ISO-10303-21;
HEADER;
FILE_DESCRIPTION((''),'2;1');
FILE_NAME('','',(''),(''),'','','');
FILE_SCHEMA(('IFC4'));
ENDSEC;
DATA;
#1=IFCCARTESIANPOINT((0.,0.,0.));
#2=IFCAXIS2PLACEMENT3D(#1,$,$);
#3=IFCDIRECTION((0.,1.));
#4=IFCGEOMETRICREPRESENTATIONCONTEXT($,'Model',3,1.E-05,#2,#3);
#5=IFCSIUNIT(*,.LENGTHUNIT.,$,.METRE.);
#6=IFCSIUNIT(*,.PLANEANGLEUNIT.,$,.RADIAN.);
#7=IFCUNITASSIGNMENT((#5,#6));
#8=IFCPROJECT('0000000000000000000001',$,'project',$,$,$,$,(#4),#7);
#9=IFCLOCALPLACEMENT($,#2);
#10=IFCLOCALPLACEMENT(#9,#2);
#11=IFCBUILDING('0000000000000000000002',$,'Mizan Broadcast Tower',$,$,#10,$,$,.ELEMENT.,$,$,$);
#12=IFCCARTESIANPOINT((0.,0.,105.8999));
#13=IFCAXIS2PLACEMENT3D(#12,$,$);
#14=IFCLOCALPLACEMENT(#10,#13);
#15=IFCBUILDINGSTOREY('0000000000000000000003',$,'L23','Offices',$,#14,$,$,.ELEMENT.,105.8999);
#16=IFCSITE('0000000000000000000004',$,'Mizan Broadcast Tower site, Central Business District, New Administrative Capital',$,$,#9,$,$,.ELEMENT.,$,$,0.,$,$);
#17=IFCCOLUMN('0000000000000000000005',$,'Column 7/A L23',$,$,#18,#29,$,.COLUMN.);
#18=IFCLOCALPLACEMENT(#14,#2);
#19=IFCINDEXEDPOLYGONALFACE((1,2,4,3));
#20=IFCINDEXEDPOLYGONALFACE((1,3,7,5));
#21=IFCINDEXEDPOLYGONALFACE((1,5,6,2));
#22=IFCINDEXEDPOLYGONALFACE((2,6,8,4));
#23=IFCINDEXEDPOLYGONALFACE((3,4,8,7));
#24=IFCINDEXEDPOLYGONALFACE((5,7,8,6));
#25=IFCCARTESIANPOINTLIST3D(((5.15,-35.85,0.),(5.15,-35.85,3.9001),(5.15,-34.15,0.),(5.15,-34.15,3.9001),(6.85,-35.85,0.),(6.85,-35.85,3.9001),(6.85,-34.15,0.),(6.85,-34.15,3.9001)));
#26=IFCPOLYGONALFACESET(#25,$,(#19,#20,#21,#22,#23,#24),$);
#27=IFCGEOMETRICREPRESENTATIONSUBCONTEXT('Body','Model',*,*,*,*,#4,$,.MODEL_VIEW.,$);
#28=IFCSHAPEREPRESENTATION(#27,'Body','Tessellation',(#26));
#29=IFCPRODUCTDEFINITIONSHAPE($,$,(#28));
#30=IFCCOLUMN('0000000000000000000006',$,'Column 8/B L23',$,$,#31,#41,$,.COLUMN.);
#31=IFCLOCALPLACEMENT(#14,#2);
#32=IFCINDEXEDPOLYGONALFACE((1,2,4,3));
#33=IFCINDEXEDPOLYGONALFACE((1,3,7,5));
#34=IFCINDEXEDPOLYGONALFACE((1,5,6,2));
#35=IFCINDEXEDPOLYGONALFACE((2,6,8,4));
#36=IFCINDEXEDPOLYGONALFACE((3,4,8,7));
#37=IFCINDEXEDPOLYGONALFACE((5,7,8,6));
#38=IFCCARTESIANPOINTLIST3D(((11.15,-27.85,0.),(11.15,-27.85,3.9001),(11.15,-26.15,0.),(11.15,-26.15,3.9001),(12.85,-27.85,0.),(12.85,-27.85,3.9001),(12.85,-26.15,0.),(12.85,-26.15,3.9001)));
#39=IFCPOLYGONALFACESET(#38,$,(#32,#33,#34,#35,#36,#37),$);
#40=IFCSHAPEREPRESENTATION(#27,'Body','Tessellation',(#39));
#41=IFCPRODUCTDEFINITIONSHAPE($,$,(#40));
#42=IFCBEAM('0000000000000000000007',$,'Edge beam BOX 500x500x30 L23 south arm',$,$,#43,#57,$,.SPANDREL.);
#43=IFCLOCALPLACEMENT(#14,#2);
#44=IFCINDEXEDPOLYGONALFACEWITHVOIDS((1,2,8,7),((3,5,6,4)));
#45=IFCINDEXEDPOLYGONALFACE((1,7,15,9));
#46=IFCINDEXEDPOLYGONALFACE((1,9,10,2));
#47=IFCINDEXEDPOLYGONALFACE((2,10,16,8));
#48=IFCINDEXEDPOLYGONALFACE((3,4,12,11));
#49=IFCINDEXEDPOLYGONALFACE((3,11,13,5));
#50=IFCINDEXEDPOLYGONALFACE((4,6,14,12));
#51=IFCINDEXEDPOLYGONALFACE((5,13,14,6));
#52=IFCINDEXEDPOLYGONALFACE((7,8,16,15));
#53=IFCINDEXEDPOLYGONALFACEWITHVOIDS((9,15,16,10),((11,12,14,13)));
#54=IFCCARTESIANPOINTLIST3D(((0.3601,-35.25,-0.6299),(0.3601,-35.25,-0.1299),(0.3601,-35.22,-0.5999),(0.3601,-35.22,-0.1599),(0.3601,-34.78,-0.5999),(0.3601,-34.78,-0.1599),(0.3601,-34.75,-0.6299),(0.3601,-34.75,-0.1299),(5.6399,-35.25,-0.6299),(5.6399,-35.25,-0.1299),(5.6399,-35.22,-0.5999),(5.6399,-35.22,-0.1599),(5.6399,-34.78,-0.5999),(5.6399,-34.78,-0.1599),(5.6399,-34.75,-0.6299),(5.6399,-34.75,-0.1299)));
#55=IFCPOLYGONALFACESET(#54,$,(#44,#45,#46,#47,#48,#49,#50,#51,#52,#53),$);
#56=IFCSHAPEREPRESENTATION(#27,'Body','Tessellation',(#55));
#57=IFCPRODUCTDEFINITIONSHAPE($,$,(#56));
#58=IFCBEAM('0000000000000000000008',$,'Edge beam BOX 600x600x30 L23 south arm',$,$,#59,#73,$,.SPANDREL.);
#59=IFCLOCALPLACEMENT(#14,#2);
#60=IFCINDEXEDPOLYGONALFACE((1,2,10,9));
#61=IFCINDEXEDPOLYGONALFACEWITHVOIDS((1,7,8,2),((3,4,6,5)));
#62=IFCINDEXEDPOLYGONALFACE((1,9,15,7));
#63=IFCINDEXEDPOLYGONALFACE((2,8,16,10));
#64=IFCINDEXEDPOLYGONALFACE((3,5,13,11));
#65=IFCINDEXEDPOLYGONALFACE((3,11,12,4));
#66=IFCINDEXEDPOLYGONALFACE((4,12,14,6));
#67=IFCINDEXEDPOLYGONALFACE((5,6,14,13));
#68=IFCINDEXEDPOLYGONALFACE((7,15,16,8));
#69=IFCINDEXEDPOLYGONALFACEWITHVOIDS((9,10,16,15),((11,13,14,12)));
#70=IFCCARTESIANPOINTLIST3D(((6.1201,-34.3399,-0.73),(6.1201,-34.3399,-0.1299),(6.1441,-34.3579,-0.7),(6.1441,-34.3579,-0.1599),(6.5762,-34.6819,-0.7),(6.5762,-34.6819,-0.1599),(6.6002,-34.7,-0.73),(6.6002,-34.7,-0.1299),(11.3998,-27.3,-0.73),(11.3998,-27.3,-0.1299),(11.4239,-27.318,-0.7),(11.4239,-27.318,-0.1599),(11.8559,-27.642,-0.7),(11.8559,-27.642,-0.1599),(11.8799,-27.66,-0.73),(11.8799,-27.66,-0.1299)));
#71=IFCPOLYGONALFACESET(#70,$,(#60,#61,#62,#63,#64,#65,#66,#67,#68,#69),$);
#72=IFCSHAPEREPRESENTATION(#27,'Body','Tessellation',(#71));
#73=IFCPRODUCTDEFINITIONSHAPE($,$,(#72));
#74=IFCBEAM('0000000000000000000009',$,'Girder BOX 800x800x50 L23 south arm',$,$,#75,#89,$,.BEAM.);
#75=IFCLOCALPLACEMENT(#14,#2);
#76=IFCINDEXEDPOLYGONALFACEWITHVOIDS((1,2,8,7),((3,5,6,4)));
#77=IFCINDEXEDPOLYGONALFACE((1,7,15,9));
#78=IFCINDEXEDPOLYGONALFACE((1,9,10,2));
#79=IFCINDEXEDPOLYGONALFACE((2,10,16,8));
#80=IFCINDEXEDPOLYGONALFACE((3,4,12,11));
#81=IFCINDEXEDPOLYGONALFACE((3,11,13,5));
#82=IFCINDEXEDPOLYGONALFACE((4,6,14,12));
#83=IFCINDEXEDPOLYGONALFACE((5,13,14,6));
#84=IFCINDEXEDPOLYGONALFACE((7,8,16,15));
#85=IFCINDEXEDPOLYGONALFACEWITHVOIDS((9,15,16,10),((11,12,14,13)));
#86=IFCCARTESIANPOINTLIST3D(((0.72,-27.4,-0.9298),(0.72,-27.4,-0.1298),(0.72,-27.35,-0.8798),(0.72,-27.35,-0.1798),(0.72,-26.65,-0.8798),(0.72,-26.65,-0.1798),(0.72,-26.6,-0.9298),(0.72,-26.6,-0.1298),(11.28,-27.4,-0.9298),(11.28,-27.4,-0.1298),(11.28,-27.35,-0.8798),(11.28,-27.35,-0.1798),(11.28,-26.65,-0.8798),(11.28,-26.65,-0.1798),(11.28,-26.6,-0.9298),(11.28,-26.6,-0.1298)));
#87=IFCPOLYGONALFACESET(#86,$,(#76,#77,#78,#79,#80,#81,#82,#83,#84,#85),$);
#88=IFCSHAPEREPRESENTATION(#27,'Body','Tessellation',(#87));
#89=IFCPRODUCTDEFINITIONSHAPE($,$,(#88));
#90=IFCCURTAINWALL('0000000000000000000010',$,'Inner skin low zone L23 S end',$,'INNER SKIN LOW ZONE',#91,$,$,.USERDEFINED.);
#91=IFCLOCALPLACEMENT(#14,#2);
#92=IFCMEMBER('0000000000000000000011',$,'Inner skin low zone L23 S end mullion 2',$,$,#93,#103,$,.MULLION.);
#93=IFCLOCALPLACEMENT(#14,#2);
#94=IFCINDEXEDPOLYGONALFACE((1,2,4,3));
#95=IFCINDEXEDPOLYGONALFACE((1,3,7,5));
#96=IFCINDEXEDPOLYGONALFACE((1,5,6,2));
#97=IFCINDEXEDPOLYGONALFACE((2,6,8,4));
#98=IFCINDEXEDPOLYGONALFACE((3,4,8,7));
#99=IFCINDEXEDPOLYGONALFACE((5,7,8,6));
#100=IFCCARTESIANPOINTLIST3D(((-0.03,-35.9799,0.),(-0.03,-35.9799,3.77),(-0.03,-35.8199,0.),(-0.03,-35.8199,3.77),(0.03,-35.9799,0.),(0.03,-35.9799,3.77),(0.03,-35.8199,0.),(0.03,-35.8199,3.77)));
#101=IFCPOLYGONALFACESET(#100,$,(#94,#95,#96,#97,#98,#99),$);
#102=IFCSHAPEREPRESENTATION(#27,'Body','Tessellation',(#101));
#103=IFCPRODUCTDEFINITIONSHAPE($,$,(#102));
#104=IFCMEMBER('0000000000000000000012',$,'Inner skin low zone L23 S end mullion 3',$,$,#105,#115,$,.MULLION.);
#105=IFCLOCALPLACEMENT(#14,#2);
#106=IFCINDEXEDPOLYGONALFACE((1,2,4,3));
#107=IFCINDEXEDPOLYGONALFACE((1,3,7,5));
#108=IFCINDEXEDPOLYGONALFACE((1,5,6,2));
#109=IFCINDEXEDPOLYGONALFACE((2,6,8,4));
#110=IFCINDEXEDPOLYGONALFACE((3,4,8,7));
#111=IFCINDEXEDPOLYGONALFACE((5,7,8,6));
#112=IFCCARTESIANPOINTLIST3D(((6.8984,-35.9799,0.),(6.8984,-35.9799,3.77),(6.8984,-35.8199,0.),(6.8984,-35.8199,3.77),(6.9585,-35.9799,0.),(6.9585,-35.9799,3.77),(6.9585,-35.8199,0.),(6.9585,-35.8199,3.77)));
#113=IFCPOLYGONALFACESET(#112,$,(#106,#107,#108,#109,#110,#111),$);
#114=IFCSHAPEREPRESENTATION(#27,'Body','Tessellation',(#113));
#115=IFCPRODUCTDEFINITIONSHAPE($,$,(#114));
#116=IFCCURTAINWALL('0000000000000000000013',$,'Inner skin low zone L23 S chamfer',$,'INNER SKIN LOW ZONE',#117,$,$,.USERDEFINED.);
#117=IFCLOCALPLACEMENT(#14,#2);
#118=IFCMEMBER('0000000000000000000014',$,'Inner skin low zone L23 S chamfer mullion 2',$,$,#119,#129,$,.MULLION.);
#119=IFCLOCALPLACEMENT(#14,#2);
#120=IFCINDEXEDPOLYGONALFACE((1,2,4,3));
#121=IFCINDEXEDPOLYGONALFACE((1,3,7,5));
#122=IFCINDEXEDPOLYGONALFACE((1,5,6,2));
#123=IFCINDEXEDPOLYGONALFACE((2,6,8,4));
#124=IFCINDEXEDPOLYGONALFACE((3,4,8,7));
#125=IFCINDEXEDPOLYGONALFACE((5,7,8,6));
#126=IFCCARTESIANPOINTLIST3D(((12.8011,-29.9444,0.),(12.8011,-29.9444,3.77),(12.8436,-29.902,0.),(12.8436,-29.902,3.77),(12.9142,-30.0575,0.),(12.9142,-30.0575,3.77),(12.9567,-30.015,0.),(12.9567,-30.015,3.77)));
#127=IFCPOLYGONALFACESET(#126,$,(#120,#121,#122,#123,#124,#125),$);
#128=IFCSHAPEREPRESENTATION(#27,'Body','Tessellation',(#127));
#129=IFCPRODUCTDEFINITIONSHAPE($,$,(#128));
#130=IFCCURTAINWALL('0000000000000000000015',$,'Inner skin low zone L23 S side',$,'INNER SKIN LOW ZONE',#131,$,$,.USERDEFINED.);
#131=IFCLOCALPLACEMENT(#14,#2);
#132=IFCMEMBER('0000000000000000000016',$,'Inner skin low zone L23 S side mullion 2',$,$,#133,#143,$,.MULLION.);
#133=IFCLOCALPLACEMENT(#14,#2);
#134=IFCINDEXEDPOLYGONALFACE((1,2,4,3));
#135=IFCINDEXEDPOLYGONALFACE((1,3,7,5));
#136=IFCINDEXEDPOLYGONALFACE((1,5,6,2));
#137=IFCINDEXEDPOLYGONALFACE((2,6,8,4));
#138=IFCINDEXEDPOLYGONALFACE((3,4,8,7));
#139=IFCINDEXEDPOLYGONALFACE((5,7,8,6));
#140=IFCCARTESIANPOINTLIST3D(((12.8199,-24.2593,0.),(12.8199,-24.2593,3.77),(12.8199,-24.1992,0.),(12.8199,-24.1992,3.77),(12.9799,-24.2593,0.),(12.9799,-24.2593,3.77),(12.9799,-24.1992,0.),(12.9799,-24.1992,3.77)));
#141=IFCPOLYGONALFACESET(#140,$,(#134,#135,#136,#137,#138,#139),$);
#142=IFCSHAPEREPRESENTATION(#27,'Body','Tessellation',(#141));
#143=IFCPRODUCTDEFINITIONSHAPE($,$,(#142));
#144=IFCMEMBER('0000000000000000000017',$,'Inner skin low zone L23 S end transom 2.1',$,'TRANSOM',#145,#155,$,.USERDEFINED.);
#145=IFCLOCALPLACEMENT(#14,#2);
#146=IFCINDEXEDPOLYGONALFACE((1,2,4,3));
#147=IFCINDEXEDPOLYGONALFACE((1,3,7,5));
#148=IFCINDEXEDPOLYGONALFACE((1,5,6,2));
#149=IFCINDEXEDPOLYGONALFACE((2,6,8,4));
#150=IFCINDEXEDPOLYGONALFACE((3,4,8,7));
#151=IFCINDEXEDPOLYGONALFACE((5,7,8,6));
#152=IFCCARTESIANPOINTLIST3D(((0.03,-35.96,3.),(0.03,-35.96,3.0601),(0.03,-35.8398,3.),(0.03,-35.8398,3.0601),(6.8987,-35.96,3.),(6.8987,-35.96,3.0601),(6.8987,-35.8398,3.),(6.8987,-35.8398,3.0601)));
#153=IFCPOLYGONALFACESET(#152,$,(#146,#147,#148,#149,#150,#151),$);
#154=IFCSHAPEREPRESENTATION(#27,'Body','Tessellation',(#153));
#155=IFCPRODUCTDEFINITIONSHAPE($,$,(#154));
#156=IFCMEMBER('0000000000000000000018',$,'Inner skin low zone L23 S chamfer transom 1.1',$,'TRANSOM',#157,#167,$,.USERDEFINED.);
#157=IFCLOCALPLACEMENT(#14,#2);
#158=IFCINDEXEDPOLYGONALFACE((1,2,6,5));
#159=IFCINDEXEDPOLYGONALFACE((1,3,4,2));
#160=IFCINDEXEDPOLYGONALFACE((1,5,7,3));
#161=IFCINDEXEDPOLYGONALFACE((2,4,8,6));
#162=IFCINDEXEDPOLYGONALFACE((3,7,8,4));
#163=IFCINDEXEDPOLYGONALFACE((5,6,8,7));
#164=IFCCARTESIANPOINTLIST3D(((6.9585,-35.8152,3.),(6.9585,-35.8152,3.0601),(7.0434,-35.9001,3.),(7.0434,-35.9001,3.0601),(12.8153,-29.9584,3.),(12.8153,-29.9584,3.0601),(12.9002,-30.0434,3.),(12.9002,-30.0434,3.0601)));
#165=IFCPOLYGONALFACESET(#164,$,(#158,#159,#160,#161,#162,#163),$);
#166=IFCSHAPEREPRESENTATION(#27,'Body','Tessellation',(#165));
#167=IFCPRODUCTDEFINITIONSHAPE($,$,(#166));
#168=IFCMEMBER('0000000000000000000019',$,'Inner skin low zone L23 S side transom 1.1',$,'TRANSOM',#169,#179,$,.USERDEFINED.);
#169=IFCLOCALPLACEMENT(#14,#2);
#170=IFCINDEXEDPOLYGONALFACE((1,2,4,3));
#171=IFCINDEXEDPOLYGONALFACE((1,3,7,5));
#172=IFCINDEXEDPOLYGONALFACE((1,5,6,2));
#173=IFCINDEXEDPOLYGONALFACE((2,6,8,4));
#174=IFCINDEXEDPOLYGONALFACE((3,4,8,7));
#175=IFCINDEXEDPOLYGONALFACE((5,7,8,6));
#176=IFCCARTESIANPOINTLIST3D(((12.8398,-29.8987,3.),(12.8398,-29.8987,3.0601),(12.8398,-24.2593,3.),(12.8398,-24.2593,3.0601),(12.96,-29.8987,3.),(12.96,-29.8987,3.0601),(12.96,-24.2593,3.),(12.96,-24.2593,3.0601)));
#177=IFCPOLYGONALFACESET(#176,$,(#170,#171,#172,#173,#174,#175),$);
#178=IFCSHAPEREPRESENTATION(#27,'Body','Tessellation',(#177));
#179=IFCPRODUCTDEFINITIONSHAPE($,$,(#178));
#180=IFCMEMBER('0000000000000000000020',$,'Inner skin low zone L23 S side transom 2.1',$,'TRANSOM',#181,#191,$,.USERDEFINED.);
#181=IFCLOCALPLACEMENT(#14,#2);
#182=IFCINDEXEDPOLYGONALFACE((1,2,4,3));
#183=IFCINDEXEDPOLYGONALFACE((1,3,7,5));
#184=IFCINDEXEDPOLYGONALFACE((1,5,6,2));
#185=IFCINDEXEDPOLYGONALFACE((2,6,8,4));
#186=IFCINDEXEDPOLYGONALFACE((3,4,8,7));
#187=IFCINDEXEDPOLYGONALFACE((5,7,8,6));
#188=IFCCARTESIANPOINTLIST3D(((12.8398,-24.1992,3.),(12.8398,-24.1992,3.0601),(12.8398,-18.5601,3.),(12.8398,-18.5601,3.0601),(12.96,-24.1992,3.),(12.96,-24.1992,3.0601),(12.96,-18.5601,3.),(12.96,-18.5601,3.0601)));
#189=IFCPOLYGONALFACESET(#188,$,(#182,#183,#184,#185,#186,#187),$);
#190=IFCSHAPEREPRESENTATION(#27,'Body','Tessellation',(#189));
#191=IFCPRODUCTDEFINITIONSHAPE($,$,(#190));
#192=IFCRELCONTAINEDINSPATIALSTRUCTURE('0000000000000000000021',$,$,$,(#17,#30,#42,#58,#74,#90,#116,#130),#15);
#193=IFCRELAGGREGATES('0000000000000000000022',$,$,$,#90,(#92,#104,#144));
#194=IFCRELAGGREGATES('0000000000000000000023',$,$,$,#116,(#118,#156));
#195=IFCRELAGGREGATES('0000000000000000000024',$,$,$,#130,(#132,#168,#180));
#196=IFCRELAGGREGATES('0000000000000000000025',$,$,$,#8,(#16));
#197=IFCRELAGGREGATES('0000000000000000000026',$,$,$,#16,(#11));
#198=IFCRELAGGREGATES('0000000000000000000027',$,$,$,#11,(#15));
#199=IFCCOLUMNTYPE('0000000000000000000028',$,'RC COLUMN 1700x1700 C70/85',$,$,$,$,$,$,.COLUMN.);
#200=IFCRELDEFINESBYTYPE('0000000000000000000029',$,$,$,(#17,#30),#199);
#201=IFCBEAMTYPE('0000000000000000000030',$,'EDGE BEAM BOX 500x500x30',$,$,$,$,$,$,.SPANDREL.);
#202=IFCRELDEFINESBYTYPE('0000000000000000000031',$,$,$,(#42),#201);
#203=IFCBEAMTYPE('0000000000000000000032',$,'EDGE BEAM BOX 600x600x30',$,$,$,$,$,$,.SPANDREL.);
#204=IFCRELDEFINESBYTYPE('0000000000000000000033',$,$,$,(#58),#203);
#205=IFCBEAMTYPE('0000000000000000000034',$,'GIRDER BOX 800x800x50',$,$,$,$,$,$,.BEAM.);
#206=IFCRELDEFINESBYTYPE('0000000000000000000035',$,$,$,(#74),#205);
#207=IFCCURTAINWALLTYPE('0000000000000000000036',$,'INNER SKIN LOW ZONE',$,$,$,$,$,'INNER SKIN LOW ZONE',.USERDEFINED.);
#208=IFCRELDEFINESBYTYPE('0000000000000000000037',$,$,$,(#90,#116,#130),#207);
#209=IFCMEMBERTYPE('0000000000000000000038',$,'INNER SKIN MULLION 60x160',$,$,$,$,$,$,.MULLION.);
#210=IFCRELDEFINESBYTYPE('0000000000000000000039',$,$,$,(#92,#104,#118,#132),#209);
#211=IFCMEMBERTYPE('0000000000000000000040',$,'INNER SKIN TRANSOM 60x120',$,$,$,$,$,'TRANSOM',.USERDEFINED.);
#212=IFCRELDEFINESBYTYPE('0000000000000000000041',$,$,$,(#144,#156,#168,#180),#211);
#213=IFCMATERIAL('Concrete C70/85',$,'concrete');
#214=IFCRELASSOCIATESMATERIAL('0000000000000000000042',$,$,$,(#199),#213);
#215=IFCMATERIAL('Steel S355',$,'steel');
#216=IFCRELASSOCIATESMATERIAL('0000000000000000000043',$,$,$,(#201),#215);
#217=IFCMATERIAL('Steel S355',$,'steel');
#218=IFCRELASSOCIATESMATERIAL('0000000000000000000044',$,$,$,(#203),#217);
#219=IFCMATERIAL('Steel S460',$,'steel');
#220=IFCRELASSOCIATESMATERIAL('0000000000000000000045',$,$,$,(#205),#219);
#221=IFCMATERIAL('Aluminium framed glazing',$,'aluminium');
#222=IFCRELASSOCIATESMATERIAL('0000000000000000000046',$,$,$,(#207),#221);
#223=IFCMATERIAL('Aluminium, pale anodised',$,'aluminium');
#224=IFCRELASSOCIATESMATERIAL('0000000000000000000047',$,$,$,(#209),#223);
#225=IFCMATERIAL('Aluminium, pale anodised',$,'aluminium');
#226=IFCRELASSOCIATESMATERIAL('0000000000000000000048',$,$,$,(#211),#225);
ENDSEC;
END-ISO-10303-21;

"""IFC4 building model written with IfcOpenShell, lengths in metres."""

from ifc_helpers import new_model, si_unit, direction, frame, origin, origin_2d, place, context, subcontext, project, spatial, rectangle, hollow_rectangle, extrude, material, material_profile, profile_set, type_object, element, aggregate, save


model = new_model("IFC4")

# Units and contexts
model_context = context("Model", 3, precision=1e-05, world=origin(), true_north=direction((0.0, 1.0)))
body_context = subcontext(model_context, "Body", "Model", "MODEL_VIEW")
ifc_project = project(units=[si_unit("LENGTHUNIT", "METRE"), si_unit("PLANEANGLEUNIT", "RADIAN")], contexts=[model_context])

# Site, building, storey
site_placement = place(None, origin())
site = spatial("IfcSite", under=ifc_project, at=site_placement, Name="Mizan Broadcast Tower site, Central Business District, New Administrative Capital", CompositionType="ELEMENT", RefElevation=0.0)
building_placement = place(site_placement, origin())
building = spatial("IfcBuilding", under=site, at=building_placement, Name="Mizan Broadcast Tower", CompositionType="ELEMENT")
storey_placement = place(building_placement, frame((0.0, 0.0, 105.8999)))
storey = spatial("IfcBuildingStorey", under=building, at=storey_placement, Name="L23", Description="Offices", CompositionType="ELEMENT", Elevation=105.8999)

# Columns
ifc_material_1 = material(Name="Concrete C70/85", Category="concrete")
ifc_material_profile_1 = material_profile(ifc_material_1, rectangle(XDim=1.7, YDim=1.7, at=origin_2d()), Name="RC 1700x1700")
ifc_profile_set_1 = profile_set([ifc_material_profile_1], Name="Concrete C70/85")
column_type = type_object("IfcColumnType", Name="RC COLUMN 1700x1700 C70/85", PredefinedType="COLUMN", material=ifc_profile_set_1)
for number, where, z_axis, x_axis, name in (
    (1, (6.0, -35.0, 0.0), (0.0, 0.0, 1.0), (1.0, 0.0, 0.0), "Column 7/A L23"),
    (2, (12.0, -27.0, 0.0), (0.0, 0.0, 1.0), (1.0, 0.0, 0.0), "Column 8/B L23"),
):
    element("IfcColumn", number, at=place(storey_placement, frame(where, z_axis=z_axis, x_axis=x_axis)), inside=storey, type_object=column_type, Name=name, PredefinedType="COLUMN", context=body_context, shape_type="SweptSolid", body=[
        extrude(rectangle(XDim=1.7, YDim=1.7, at=origin_2d()), origin(), (0.0, 0.0, 1.0), 3.9001),
    ])

# Beams
ifc_material_2 = material(Name="Steel S355", Category="steel")
ifc_material_profile_2 = material_profile(ifc_material_2, hollow_rectangle(XDim=0.5, YDim=0.5, WallThickness=0.03, at=origin_2d()), Name="BOX 500x500x30")
ifc_profile_set_2 = profile_set([ifc_material_profile_2], Name="Steel S355")
beam_type_1 = type_object("IfcBeamType", Name="EDGE BEAM BOX 500x500x30", PredefinedType="SPANDREL", material=ifc_profile_set_2)
beam_1_placement = place(storey_placement, frame((5.6399, -35.0, -0.3799), z_axis=(-1.0, 0.0, 0.0), x_axis=(0.0, -1.0, 0.0)))
element("IfcBeam", 3, at=beam_1_placement, inside=storey, type_object=beam_type_1, Name="Edge beam BOX 500x500x30 L23 south arm", PredefinedType="SPANDREL", context=body_context, shape_type="SweptSolid", body=[
    extrude(hollow_rectangle(XDim=0.5, YDim=0.5, WallThickness=0.03, at=origin_2d()), origin(), (0.0, 0.0, 1.0), 5.2798),
])
ifc_material_3 = material(Name="Steel S355", Category="steel")
ifc_material_profile_3 = material_profile(ifc_material_3, hollow_rectangle(XDim=0.6001, YDim=0.6001, WallThickness=0.03, at=origin_2d()), Name="BOX 600x600x30")
ifc_profile_set_3 = profile_set([ifc_material_profile_3], Name="Steel S355")
beam_type_2 = type_object("IfcBeamType", Name="EDGE BEAM BOX 600x600x30", PredefinedType="SPANDREL", material=ifc_profile_set_3)
beam_2_placement = place(storey_placement, frame((11.6399, -27.48, -0.4299), z_axis=(-0.599982, -0.800013, 0.0), x_axis=(0.800013, -0.599982, 0.0)))
element("IfcBeam", 4, at=beam_2_placement, inside=storey, type_object=beam_type_2, Name="Edge beam BOX 600x600x30 L23 south arm", PredefinedType="SPANDREL", context=body_context, shape_type="SweptSolid", body=[
    extrude(hollow_rectangle(XDim=0.6001, YDim=0.6001, WallThickness=0.03, at=origin_2d()), origin(), (0.0, 0.0, 1.0), 8.7998),
])
ifc_material_4 = material(Name="Steel S460", Category="steel")
ifc_material_profile_4 = material_profile(ifc_material_4, hollow_rectangle(XDim=0.8, YDim=0.8, WallThickness=0.05, at=origin_2d()), Name="BOX 800x800x50")
ifc_profile_set_4 = profile_set([ifc_material_profile_4], Name="Steel S460")
beam_type_3 = type_object("IfcBeamType", Name="GIRDER BOX 800x800x50", PredefinedType="BEAM", material=ifc_profile_set_4)
beam_3_placement = place(storey_placement, frame((11.28, -27.0, -0.5298), z_axis=(-1.0, 0.0, 0.0), x_axis=(0.0, -1.0, 0.0)))
element("IfcBeam", 5, at=beam_3_placement, inside=storey, type_object=beam_type_3, Name="Girder BOX 800x800x50 L23 south arm", PredefinedType="BEAM", context=body_context, shape_type="SweptSolid", body=[
    extrude(hollow_rectangle(XDim=0.8, YDim=0.8, WallThickness=0.05, at=origin_2d()), origin(), (0.0, 0.0, 1.0), 10.5601),
])

# Curtain wall, members
ifc_material_5 = material(Name="Aluminium framed glazing", Category="aluminium")
curtain_wall_type_1 = type_object("IfcCurtainWallType", Name="INNER SKIN LOW ZONE", ElementType="INNER SKIN LOW ZONE", PredefinedType="USERDEFINED", material=ifc_material_5)
curtain_wall_1_placement = place(storey_placement, origin())
curtain_wall_1 = element("IfcCurtainWall", 6, at=curtain_wall_1_placement, inside=storey, type_object=curtain_wall_type_1, Name="Inner skin low zone L23 S end", ObjectType="INNER SKIN LOW ZONE", PredefinedType="USERDEFINED")
ifc_material_6 = material(Name="Aluminium, pale anodised", Category="aluminium")
ifc_material_profile_5 = material_profile(ifc_material_6, rectangle(XDim=0.1599, YDim=0.0601, at=origin_2d()), Name="MULLION 160x60")
ifc_profile_set_5 = profile_set([ifc_material_profile_5], Name="Aluminium, pale anodised")
member_type_1 = type_object("IfcMemberType", Name="INNER SKIN MULLION 60x160", PredefinedType="MULLION", material=ifc_profile_set_5)
member_1_placement = place(storey_placement, frame((0.0, -35.8999, 0.0), z_axis=(0.0, 0.0, 1.0), x_axis=(0.0, 1.0, 0.0)))
member_1 = element("IfcMember", 7, at=member_1_placement, type_object=member_type_1, Name="Inner skin low zone L23 S end mullion 2", PredefinedType="MULLION", context=body_context, shape_type="SweptSolid", body=[
    extrude(rectangle(XDim=0.1599, YDim=0.0601, at=origin_2d()), origin(), (0.0, 0.0, 1.0), 3.77),
])
member_2_placement = place(storey_placement, frame((6.9285, -35.8999, 0.0), z_axis=(0.0, 0.0, 1.0), x_axis=(0.0, 1.0, 0.0)))
member_2 = element("IfcMember", 8, at=member_2_placement, type_object=member_type_1, Name="Inner skin low zone L23 S end mullion 3", PredefinedType="MULLION", context=body_context, shape_type="SweptSolid", body=[
    extrude(rectangle(XDim=0.1599, YDim=0.0601, at=origin_2d()), origin(), (0.0, 0.0, 1.0), 3.77),
])

# Curtain walls, members
curtain_wall_2_placement = place(storey_placement, origin())
curtain_wall_2 = element("IfcCurtainWall", 9, at=curtain_wall_2_placement, inside=storey, type_object=curtain_wall_type_1, Name="Inner skin low zone L23 S chamfer", ObjectType="INNER SKIN LOW ZONE", PredefinedType="USERDEFINED")
member_3_placement = place(storey_placement, frame((12.8789, -29.9797, 0.0), z_axis=(0.0, 0.0, 1.0), x_axis=(-0.707107, 0.707107, 0.0)))
member_3 = element("IfcMember", 10, at=member_3_placement, type_object=member_type_1, Name="Inner skin low zone L23 S chamfer mullion 2", PredefinedType="MULLION", context=body_context, shape_type="SweptSolid", body=[
    extrude(rectangle(XDim=0.1599, YDim=0.0601, at=origin_2d()), origin(), (0.0, 0.0, 1.0), 3.77),
])
curtain_wall_3_placement = place(storey_placement, origin())
curtain_wall_3 = element("IfcCurtainWall", 11, at=curtain_wall_3_placement, inside=storey, type_object=curtain_wall_type_1, Name="Inner skin low zone L23 S side", ObjectType="INNER SKIN LOW ZONE", PredefinedType="USERDEFINED")
member_4_placement = place(storey_placement, frame((12.8999, -24.2292, 0.0), z_axis=(0.0, 0.0, 1.0), x_axis=(-1.0, 0.0, 0.0)))
member_4 = element("IfcMember", 12, at=member_4_placement, type_object=member_type_1, Name="Inner skin low zone L23 S side mullion 2", PredefinedType="MULLION", context=body_context, shape_type="SweptSolid", body=[
    extrude(rectangle(XDim=0.1599, YDim=0.0601, at=origin_2d()), origin(), (0.0, 0.0, 1.0), 3.77),
])

# Members
ifc_material_7 = material(Name="Aluminium, pale anodised", Category="aluminium")
ifc_material_profile_6 = material_profile(ifc_material_7, rectangle(XDim=0.1201, YDim=0.0601, at=origin_2d()), Name="TRANSOM 120x60")
ifc_profile_set_6 = profile_set([ifc_material_profile_6], Name="Aluminium, pale anodised")
member_type_2 = type_object("IfcMemberType", Name="INNER SKIN TRANSOM 60x120", ElementType="TRANSOM", PredefinedType="USERDEFINED", material=ifc_profile_set_6)
member_5_placement = place(storey_placement, frame((0.03, -35.8999, 3.03), z_axis=(1.0, 0.0, 0.0), x_axis=(0.0, 1.0, 0.0)))
member_5 = element("IfcMember", 13, at=member_5_placement, type_object=member_type_2, Name="Inner skin low zone L23 S end transom 2.1", ObjectType="TRANSOM", PredefinedType="USERDEFINED", context=body_context, shape_type="SweptSolid", body=[
    extrude(rectangle(XDim=0.1201, YDim=0.0601, at=origin_2d()), origin(), (0.0, 0.0, 1.0), 6.8687),
])
member_6_placement = place(storey_placement, frame((7.001, -35.8577, 3.03), z_axis=(0.707107, 0.707107, 0.0), x_axis=(-0.707107, 0.707107, 0.0)))
member_6 = element("IfcMember", 14, at=member_6_placement, type_object=member_type_2, Name="Inner skin low zone L23 S chamfer transom 1.1", ObjectType="TRANSOM", PredefinedType="USERDEFINED", context=body_context, shape_type="SweptSolid", body=[
    extrude(rectangle(XDim=0.1201, YDim=0.0601, at=origin_2d()), origin(), (0.0, 0.0, 1.0), 8.2827),
])
member_7_placement = place(storey_placement, frame((12.8999, -29.8987, 3.03), z_axis=(0.0, 1.0, 0.0), x_axis=(-1.0, 0.0, 0.0)))
member_7 = element("IfcMember", 15, at=member_7_placement, type_object=member_type_2, Name="Inner skin low zone L23 S side transom 1.1", ObjectType="TRANSOM", PredefinedType="USERDEFINED", context=body_context, shape_type="SweptSolid", body=[
    extrude(rectangle(XDim=0.1201, YDim=0.0601, at=origin_2d()), origin(), (0.0, 0.0, 1.0), 5.6394),
])
member_8_placement = place(storey_placement, frame((12.8999, -24.1992, 3.03), z_axis=(0.0, 1.0, 0.0), x_axis=(-1.0, 0.0, 0.0)))
member_8 = element("IfcMember", 16, at=member_8_placement, type_object=member_type_2, Name="Inner skin low zone L23 S side transom 2.1", ObjectType="TRANSOM", PredefinedType="USERDEFINED", context=body_context, shape_type="SweptSolid", body=[
    extrude(rectangle(XDim=0.1201, YDim=0.0601, at=origin_2d()), origin(), (0.0, 0.0, 1.0), 5.6392),
])

aggregate(curtain_wall_1, [member_1, member_2, member_5])
aggregate(curtain_wall_2, [member_3, member_6])
aggregate(curtain_wall_3, [member_4, member_7, member_8])

save(model, "model.ifc")
